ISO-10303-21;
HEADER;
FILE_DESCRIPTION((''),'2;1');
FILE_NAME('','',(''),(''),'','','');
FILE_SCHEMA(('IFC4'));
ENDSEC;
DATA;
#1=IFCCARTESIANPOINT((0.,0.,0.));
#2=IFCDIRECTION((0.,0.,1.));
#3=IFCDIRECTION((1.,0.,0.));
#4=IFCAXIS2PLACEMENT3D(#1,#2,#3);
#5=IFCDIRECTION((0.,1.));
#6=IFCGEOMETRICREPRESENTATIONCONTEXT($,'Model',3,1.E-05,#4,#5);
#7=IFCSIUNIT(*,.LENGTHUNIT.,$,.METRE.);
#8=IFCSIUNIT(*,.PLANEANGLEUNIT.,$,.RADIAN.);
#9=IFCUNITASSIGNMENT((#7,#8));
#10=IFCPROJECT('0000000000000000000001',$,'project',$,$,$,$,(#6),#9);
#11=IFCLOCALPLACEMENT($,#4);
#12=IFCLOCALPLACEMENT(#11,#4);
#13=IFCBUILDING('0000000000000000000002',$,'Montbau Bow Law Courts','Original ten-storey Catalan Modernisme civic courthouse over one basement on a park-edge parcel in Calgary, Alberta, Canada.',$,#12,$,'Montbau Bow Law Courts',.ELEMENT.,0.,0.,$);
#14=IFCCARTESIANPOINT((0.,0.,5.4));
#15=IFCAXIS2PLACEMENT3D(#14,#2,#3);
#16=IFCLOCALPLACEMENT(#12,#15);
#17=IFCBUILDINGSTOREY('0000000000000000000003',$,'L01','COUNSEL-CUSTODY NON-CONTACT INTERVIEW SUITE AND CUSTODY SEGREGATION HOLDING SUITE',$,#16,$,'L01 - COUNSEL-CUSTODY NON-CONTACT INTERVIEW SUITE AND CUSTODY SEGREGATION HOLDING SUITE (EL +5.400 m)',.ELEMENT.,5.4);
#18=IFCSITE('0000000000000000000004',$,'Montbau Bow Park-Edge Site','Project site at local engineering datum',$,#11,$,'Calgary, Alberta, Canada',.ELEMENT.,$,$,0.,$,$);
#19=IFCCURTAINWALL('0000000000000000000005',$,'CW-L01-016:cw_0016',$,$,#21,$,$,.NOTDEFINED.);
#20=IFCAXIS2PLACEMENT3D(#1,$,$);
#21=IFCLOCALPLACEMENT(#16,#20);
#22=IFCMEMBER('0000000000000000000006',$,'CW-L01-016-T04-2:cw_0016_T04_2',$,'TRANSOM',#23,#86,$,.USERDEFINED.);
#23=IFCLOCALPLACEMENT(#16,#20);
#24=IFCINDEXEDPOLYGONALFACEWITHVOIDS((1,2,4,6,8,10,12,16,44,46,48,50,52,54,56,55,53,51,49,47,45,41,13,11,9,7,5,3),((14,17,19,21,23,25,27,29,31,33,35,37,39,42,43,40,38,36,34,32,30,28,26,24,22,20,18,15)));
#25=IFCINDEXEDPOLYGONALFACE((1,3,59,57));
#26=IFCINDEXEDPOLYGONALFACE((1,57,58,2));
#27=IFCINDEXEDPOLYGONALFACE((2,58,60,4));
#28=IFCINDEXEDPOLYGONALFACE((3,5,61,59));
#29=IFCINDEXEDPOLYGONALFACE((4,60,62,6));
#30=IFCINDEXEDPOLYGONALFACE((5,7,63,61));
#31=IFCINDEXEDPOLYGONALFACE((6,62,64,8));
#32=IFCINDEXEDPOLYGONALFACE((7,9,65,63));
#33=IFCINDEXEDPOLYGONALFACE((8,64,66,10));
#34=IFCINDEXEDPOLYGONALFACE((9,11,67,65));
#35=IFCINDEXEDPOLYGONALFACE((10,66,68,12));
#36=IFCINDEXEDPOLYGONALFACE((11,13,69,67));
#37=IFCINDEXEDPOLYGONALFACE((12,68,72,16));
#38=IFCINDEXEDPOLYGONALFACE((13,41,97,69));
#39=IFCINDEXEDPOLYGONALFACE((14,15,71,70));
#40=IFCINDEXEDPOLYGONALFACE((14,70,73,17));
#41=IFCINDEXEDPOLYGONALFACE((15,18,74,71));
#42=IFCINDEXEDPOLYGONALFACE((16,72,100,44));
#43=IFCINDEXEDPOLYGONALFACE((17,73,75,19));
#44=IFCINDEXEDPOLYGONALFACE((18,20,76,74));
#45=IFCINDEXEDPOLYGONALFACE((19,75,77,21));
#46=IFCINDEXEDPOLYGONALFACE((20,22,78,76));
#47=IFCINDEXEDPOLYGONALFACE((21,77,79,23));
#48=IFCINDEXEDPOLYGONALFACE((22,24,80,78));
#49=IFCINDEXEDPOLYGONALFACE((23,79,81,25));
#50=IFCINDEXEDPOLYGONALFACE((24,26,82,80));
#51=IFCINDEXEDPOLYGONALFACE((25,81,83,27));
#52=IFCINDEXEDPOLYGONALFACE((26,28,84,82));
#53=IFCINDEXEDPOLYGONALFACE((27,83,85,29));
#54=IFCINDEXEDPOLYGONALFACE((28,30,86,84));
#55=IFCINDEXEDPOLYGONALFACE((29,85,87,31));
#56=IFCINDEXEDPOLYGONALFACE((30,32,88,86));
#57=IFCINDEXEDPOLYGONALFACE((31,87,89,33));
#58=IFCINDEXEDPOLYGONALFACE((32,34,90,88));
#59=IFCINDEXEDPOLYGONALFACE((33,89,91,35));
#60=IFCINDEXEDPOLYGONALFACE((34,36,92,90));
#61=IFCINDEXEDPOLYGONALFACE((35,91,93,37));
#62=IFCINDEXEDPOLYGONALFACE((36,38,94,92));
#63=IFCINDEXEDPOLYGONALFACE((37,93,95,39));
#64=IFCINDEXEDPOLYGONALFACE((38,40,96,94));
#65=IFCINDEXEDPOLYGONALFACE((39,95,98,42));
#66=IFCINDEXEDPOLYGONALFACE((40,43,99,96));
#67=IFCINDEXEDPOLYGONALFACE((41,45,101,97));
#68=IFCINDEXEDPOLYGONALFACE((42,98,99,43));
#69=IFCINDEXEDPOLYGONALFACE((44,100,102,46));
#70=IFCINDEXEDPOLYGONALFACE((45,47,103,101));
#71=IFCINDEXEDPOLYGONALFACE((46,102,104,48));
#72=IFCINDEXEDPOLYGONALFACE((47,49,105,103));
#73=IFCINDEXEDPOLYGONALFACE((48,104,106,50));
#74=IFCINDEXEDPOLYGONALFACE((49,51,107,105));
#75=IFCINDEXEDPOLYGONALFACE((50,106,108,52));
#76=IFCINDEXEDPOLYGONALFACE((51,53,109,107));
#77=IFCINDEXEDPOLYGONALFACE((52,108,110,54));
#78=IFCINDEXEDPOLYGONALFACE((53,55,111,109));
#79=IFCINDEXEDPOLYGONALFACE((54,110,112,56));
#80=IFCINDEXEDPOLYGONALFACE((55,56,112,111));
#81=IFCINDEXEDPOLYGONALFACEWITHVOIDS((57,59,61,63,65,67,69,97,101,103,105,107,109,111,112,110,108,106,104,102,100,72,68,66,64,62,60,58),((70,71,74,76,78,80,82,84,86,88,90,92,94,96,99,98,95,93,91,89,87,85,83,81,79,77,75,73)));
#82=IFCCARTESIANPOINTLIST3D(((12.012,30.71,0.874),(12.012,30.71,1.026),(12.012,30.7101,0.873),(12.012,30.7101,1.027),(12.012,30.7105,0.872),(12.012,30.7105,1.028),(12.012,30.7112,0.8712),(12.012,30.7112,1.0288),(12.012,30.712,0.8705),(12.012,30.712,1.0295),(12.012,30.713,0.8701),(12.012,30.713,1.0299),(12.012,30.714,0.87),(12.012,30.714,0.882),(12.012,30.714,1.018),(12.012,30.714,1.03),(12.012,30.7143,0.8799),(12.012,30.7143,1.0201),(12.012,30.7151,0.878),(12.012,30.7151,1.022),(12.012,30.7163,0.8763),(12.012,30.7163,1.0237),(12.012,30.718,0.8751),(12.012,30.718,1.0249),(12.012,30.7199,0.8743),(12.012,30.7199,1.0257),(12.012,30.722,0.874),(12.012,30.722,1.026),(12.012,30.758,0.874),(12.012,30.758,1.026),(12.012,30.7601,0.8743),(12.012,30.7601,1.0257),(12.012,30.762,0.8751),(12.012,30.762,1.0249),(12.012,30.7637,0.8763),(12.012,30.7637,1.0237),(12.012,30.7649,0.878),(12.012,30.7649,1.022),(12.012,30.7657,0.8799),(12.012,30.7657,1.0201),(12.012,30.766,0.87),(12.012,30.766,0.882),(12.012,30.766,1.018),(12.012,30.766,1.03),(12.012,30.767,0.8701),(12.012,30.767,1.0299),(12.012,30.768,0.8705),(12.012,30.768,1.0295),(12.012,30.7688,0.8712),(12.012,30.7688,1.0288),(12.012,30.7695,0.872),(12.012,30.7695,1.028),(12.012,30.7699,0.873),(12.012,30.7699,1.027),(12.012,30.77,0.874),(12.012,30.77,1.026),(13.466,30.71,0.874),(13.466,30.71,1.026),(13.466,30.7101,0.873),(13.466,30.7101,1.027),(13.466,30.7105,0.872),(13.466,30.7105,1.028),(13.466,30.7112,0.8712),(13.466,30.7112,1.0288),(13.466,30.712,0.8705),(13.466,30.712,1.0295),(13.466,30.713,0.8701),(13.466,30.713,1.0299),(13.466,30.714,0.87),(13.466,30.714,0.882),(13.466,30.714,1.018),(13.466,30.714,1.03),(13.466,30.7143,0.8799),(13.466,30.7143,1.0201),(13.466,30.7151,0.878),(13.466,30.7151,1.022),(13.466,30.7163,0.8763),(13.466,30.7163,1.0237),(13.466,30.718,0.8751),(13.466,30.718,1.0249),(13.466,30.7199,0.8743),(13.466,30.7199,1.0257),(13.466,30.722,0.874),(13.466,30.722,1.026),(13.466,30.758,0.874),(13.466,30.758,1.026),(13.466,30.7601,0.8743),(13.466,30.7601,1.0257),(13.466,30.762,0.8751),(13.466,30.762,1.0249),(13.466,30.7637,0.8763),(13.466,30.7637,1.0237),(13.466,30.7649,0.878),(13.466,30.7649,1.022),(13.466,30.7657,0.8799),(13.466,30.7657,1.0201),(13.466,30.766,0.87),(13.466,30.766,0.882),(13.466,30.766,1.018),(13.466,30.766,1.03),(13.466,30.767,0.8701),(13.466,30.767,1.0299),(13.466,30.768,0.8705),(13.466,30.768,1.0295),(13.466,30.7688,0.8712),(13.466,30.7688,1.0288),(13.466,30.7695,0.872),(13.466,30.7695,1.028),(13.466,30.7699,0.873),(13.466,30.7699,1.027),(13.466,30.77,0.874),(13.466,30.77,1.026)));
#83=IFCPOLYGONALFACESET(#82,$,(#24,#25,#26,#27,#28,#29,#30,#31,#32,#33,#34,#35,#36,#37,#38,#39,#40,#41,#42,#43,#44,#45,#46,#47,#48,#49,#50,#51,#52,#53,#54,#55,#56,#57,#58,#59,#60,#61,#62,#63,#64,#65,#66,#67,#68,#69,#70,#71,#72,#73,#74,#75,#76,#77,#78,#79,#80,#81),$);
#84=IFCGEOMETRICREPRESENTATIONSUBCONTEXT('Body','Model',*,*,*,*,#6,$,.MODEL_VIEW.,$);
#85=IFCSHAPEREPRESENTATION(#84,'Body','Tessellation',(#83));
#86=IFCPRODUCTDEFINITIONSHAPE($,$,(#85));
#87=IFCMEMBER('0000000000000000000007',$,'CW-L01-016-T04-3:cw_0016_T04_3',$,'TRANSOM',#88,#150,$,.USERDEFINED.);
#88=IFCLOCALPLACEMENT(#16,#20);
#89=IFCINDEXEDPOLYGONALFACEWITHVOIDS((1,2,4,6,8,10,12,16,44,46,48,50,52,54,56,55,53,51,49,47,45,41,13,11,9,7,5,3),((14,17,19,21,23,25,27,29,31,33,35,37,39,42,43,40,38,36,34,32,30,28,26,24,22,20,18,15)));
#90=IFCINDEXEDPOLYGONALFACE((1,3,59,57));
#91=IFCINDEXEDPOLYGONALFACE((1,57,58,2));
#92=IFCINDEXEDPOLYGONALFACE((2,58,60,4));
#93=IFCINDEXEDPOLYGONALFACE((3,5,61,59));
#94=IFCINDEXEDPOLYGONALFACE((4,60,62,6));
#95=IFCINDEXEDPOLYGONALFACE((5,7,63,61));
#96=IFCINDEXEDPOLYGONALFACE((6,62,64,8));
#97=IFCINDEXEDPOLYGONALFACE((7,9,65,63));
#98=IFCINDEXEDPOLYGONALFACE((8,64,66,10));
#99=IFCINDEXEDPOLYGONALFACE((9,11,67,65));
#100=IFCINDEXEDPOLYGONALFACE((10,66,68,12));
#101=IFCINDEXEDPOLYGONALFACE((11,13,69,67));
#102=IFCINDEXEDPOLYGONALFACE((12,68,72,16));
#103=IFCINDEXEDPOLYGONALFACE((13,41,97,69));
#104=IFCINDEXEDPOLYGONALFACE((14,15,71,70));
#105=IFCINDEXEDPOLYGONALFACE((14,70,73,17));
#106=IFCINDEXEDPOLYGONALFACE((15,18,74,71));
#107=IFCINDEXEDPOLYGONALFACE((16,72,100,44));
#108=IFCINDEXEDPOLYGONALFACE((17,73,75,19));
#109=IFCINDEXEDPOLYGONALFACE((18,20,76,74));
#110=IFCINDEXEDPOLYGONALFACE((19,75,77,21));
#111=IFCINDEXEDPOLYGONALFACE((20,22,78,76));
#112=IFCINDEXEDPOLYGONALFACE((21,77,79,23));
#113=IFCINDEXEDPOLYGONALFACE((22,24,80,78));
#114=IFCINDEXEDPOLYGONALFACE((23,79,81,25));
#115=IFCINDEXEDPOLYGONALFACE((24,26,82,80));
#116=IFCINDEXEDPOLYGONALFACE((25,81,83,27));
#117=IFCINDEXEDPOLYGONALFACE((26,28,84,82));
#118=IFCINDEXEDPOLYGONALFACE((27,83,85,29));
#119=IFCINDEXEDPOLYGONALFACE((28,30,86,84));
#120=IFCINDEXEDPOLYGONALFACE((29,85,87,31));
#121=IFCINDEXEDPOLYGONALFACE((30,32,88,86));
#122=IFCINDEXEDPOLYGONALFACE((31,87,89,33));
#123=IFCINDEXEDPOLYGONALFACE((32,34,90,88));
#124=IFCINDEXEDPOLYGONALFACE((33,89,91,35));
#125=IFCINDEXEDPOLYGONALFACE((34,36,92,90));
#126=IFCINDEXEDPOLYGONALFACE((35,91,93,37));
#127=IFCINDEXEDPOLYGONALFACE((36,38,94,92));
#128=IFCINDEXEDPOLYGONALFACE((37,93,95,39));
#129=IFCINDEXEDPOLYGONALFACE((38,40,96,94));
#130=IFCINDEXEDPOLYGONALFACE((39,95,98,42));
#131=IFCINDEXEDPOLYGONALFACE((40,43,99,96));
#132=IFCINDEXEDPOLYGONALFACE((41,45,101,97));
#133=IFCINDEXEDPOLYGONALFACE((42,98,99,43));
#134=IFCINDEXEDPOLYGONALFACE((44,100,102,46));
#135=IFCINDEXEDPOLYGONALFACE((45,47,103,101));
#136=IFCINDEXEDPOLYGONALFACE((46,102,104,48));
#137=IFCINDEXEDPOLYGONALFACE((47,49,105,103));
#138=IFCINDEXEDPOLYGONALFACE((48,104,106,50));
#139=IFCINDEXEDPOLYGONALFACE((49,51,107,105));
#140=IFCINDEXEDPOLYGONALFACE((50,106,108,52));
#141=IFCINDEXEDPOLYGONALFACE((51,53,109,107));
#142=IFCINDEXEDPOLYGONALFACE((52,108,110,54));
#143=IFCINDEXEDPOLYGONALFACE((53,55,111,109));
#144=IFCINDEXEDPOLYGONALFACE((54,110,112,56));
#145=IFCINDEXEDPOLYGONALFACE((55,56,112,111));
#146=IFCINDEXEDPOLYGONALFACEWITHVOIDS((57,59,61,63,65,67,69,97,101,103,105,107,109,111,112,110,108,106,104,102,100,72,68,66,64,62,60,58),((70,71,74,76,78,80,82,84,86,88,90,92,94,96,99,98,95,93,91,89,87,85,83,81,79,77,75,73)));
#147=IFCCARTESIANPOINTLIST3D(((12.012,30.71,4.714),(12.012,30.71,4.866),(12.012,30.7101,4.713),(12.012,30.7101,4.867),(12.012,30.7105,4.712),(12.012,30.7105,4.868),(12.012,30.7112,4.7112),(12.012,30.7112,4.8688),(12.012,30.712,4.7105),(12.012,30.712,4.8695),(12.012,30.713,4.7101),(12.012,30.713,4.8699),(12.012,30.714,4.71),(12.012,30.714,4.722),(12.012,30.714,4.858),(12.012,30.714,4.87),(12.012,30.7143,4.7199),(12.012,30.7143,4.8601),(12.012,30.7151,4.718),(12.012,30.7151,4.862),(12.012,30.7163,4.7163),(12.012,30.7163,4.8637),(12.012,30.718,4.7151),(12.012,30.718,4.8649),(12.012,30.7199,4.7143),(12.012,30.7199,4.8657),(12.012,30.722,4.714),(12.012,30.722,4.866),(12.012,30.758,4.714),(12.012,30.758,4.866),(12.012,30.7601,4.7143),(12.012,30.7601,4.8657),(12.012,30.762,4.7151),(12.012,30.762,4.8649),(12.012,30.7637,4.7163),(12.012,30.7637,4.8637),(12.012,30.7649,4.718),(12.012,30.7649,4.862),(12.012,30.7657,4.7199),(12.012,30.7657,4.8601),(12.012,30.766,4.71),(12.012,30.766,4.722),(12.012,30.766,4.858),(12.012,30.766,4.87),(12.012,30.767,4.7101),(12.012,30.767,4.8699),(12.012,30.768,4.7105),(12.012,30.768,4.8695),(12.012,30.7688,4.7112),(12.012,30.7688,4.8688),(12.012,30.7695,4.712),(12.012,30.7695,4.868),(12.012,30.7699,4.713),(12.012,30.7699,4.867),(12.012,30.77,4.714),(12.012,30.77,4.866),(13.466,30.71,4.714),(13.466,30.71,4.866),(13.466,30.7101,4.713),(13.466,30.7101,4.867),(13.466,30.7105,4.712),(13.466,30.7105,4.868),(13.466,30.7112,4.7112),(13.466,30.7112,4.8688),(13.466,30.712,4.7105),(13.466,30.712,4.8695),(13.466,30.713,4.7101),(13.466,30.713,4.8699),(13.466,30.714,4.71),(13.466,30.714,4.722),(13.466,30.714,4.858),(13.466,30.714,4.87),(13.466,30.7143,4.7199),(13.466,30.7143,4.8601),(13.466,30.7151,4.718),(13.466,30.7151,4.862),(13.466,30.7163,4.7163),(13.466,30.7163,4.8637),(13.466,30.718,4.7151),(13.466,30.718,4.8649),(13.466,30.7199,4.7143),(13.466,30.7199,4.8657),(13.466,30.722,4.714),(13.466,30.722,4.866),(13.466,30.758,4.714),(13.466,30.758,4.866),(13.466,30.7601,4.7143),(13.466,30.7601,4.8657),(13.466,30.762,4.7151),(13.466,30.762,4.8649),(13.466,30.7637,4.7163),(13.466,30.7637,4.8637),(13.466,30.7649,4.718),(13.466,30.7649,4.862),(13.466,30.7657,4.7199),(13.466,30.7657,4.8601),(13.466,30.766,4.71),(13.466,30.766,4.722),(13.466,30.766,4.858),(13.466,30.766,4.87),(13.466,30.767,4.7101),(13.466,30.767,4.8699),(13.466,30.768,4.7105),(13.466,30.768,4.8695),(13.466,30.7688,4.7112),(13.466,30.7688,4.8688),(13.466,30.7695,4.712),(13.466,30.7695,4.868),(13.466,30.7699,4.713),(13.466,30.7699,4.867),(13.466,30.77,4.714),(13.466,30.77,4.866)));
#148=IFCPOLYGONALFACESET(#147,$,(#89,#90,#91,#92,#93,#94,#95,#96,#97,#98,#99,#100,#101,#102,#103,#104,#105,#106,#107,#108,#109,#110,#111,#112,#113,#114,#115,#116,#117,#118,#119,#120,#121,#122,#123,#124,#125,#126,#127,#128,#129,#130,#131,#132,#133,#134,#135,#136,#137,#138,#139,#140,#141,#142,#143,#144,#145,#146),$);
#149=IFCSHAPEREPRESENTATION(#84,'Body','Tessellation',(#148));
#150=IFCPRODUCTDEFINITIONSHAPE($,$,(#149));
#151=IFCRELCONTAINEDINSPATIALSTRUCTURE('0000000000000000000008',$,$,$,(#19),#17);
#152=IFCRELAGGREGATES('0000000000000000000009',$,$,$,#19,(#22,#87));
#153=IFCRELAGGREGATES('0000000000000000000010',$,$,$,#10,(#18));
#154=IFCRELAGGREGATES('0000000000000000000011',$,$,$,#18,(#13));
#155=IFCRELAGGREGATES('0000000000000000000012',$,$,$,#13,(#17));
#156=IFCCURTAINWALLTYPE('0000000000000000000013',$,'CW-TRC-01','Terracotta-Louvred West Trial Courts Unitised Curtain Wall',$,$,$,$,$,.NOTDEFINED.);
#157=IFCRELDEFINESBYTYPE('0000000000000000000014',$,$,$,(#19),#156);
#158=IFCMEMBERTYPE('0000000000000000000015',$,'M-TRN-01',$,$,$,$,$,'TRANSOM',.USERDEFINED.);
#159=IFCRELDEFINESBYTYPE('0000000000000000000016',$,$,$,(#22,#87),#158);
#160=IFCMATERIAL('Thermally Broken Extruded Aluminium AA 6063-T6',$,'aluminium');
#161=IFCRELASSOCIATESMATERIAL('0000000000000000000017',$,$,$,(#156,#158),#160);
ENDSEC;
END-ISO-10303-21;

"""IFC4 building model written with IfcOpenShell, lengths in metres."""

from ifc_helpers import new_model, si_unit, direction, frame, origin_with_axes, origin_2d_with_axis, place, context, subcontext, project, spatial, hollow_rectangle, extrude, material, material_profile, profile_set, type_object, element, aggregate, save


model = new_model("IFC4")

# Units and contexts
model_context = context("Model", 3, precision=1e-05, world=origin_with_axes(), true_north=direction((0.0, 1.0)))
body_context = subcontext(model_context, "Body", "Model", "MODEL_VIEW")
ifc_project = project(units=[si_unit("LENGTHUNIT", "METRE"), si_unit("PLANEANGLEUNIT", "RADIAN")], contexts=[model_context])

# Site, building, storey
site_placement = place(None, origin_with_axes())
site = spatial("IfcSite", under=ifc_project, at=site_placement, Name="Montbau Bow Park-Edge Site", Description="Project site at local engineering datum", LongName="Calgary, Alberta, Canada", CompositionType="ELEMENT", RefElevation=0.0)
building_placement = place(site_placement, origin_with_axes())
building = spatial("IfcBuilding", under=site, at=building_placement, Name="Montbau Bow Law Courts", Description="Original ten-storey Catalan Modernisme civic courthouse over one basement on a park-edge parcel in Calgary, Alberta, Canada.", LongName="Montbau Bow Law Courts", CompositionType="ELEMENT", ElevationOfRefHeight=0.0, ElevationOfTerrain=0.0)
storey_placement = place(building_placement, frame((0.0, 0.0, 5.4), z_axis=(0.0, 0.0, 1.0), x_axis=(1.0, 0.0, 0.0)))
storey = spatial("IfcBuildingStorey", under=building, at=storey_placement, Name="L01", Description="COUNSEL-CUSTODY NON-CONTACT INTERVIEW SUITE AND CUSTODY SEGREGATION HOLDING SUITE", LongName="L01 - COUNSEL-CUSTODY NON-CONTACT INTERVIEW SUITE AND CUSTODY SEGREGATION HOLDING SUITE (EL +5.400 m)", CompositionType="ELEMENT", Elevation=5.4)

# Curtain wall
ifc_material_1 = material(Name="Thermally Broken Extruded Aluminium AA 6063-T6", Category="aluminium")
curtain_wall_type = type_object("IfcCurtainWallType", Name="CW-TRC-01", Description="Terracotta-Louvred West Trial Courts Unitised Curtain Wall", PredefinedType="NOTDEFINED", material=ifc_material_1)
curtain_wall_1_placement = place(None, frame((7.315, 30.74, 5.4), z_axis=(0.0, 0.0, 1.0), x_axis=(1.0, 0.0, 0.0)))
curtain_wall_1 = element("IfcCurtainWall", 1, at=curtain_wall_1_placement, inside=storey, type_object=curtain_wall_type, Name="CW-L01-016:cw_0016", PredefinedType="NOTDEFINED")

# Members
ifc_material_profile_1 = material_profile(ifc_material_1, hollow_rectangle(XDim=0.06, YDim=0.16, WallThickness=0.004, InnerFilletRadius=0.008, OuterFilletRadius=0.004, at=origin_2d_with_axis()), Name="CWT-160X60", Category="Main", Priority=0)
ifc_profile_set_1 = profile_set([ifc_material_profile_1], Name="Thermally Broken Extruded Aluminium AA 6063-T6")
member_type_1 = type_object("IfcMemberType", Name="M-TRN-01", ElementType="TRANSOM", PredefinedType="USERDEFINED", material=ifc_profile_set_1)
member_1_placement = place(None, frame((12.012, 30.74, 6.35), z_axis=(1.0, 0.0, 0.0), x_axis=(0.0, 1.0, 0.0)))
member_1 = element("IfcMember", 2, at=member_1_placement, type_object=member_type_1, Name="CW-L01-016-T04-2:cw_0016_T04_2", ObjectType="TRANSOM", PredefinedType="USERDEFINED", context=body_context, shape_type="SweptSolid", body=[
    extrude(hollow_rectangle(XDim=0.06, YDim=0.16, WallThickness=0.004, InnerFilletRadius=0.008, OuterFilletRadius=0.004, at=origin_2d_with_axis()), origin_with_axes(), (0.0, 0.0, 1.0), 1.454),
])
member_2_placement = place(None, frame((12.012, 30.74, 10.19), z_axis=(1.0, 0.0, 0.0), x_axis=(0.0, 1.0, 0.0)))
member_2 = element("IfcMember", 3, at=member_2_placement, type_object=member_type_1, Name="CW-L01-016-T04-3:cw_0016_T04_3", ObjectType="TRANSOM", PredefinedType="USERDEFINED", context=body_context, shape_type="SweptSolid", body=[
    extrude(hollow_rectangle(XDim=0.06, YDim=0.16, WallThickness=0.004, InnerFilletRadius=0.008, OuterFilletRadius=0.004, at=origin_2d_with_axis()), origin_with_axes(), (0.0, 0.0, 1.0), 1.454),
])

aggregate(curtain_wall_1, [member_1, member_2])

save(model, "model.ifc")
